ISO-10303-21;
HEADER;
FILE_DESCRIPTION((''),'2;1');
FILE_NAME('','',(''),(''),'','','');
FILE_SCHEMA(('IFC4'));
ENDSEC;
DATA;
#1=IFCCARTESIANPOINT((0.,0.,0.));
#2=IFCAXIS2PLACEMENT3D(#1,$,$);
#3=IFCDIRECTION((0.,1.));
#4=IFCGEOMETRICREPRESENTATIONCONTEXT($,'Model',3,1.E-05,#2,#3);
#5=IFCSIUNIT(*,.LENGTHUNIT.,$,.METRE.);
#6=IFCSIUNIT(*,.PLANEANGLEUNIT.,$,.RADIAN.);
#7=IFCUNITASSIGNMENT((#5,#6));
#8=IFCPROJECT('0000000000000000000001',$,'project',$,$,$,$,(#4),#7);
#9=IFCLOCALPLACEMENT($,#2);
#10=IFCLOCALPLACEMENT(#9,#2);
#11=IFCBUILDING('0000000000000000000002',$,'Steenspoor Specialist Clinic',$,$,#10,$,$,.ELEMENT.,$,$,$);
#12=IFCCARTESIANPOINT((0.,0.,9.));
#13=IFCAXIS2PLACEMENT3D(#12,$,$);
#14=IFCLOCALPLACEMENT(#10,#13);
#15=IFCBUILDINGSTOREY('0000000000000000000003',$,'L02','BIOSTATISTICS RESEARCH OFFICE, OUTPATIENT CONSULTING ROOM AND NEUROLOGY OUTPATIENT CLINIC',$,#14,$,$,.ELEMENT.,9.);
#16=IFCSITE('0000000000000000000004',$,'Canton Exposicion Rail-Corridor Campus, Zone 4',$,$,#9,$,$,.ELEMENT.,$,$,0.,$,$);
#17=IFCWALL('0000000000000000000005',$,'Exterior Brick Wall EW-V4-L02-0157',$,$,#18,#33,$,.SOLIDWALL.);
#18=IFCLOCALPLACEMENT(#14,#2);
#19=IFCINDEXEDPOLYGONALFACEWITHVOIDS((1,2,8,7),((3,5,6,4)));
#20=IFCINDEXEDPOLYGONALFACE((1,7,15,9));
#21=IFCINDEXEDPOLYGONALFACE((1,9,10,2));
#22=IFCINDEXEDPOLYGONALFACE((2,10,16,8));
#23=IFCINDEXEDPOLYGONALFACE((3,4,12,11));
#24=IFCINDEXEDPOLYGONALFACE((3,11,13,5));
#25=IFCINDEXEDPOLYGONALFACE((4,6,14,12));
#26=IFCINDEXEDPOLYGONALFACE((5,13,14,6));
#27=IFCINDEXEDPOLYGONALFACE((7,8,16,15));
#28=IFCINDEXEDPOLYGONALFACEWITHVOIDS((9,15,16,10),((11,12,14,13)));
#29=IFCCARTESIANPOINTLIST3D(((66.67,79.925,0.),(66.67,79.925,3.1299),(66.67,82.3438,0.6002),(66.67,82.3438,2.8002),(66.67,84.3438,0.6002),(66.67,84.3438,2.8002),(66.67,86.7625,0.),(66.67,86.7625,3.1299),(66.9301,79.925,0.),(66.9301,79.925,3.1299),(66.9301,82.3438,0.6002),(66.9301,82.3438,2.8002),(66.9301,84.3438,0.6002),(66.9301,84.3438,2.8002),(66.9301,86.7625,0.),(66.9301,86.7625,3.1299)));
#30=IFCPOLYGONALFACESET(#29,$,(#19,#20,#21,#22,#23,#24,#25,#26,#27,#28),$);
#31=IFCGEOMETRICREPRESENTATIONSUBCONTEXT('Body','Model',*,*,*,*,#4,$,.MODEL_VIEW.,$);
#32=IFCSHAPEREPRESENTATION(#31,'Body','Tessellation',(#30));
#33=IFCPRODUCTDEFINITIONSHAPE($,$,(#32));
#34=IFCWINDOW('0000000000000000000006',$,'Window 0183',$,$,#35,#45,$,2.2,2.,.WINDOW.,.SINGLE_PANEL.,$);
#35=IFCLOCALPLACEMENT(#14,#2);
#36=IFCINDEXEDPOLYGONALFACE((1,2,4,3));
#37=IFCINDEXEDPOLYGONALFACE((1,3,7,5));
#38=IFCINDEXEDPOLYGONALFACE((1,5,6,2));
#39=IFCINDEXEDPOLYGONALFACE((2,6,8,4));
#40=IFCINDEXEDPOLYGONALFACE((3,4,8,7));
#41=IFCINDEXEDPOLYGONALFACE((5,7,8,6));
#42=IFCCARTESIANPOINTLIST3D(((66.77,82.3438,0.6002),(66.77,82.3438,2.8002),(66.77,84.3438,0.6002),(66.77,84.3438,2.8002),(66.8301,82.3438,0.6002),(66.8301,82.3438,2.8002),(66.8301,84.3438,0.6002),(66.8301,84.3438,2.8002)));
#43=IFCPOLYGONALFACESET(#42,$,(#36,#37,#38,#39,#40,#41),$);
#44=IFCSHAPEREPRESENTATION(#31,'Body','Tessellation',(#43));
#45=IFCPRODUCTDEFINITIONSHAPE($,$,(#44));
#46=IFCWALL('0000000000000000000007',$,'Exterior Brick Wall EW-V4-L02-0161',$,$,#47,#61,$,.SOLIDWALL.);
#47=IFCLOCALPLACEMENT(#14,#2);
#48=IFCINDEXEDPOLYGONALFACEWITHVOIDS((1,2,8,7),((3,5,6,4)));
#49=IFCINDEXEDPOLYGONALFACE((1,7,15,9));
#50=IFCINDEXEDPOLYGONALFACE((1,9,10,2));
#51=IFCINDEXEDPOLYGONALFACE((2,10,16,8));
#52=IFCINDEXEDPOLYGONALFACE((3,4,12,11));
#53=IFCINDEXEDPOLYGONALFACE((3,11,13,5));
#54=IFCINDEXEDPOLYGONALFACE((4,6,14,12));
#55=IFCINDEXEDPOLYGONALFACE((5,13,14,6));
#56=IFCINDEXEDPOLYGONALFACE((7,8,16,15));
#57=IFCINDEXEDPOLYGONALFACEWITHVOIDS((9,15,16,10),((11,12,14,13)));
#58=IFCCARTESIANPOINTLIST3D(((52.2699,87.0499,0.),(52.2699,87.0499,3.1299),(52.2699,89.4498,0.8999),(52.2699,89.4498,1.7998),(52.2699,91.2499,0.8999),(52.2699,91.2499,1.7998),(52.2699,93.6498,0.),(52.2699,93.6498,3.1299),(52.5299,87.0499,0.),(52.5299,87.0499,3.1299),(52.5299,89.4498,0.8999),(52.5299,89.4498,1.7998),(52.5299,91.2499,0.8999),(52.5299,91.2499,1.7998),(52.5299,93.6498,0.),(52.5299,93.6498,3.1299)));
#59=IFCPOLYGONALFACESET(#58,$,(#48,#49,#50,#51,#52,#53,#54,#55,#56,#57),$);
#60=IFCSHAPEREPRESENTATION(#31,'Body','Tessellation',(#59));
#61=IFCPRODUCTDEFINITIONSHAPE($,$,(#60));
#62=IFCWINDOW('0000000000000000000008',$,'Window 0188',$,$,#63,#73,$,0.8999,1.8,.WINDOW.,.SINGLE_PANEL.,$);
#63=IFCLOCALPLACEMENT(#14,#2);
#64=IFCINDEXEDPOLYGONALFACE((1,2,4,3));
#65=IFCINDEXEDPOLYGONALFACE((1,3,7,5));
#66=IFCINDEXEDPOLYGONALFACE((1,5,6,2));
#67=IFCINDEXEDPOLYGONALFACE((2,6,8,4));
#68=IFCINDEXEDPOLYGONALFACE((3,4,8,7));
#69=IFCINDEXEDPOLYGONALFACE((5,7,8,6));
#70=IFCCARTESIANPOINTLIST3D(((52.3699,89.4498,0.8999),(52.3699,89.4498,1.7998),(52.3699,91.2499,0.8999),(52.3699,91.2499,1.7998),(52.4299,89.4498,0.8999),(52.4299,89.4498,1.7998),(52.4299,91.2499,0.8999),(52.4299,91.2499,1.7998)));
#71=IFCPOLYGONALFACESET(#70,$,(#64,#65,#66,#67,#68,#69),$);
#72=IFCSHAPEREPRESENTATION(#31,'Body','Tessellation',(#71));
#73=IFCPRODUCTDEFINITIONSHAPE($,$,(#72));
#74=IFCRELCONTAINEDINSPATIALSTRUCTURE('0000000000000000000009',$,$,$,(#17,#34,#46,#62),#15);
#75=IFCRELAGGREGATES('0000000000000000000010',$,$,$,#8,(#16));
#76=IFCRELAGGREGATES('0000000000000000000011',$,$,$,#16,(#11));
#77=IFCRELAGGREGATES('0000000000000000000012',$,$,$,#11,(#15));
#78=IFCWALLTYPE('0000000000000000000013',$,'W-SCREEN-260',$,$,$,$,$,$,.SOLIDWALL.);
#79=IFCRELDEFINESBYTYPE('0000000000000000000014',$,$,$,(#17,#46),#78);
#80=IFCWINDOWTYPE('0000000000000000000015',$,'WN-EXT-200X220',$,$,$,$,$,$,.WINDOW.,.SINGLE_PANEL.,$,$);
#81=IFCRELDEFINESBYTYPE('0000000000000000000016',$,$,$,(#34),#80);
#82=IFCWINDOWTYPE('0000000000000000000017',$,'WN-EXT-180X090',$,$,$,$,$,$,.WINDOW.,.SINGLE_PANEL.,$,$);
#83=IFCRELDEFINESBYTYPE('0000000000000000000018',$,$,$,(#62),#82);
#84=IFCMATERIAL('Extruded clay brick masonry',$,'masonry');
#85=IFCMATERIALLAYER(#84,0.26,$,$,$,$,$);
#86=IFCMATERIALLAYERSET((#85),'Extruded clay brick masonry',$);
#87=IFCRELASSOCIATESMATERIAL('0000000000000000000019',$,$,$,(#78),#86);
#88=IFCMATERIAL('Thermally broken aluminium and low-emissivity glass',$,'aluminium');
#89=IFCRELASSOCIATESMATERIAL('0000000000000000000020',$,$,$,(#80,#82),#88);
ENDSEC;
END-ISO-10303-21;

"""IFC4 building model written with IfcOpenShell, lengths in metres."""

from ifc_helpers import new_model, si_unit, direction, frame, frame_2d, origin, place, context, subcontext, project, spatial, rectangle, extrude, material, layer, layer_set, type_object, element, fill, save


model = new_model("IFC4")

# Units and contexts
model_context = context("Model", 3, precision=1e-05, world=origin(), true_north=direction((0.0, 1.0)))
body_context = subcontext(model_context, "Body", "Model", "MODEL_VIEW")
ifc_project = project(units=[si_unit("LENGTHUNIT", "METRE"), si_unit("PLANEANGLEUNIT", "RADIAN")], contexts=[model_context])

# Site, building, storey
site_placement = place(None, origin())
site = spatial("IfcSite", under=ifc_project, at=site_placement, Name="Canton Exposicion Rail-Corridor Campus, Zone 4", CompositionType="ELEMENT", RefElevation=0.0)
building_placement = place(site_placement, origin())
building = spatial("IfcBuilding", under=site, at=building_placement, Name="Steenspoor Specialist Clinic", CompositionType="ELEMENT")
storey_placement = place(building_placement, frame((0.0, 0.0, 9.0)))
storey = spatial("IfcBuildingStorey", under=building, at=storey_placement, Name="L02", Description="BIOSTATISTICS RESEARCH OFFICE, OUTPATIENT CONSULTING ROOM AND NEUROLOGY OUTPATIENT CLINIC", CompositionType="ELEMENT", Elevation=9.0)

# Shared definitions
ifc_material_1 = material(Name="Thermally broken aluminium and low-emissivity glass", Category="aluminium")

# Walls, openings, windows
ifc_material_2 = material(Name="Extruded clay brick masonry", Category="masonry")
ifc_layer_1 = layer(ifc_material_2, 0.26)
ifc_layer_set_1 = layer_set([ifc_layer_1], Name="Extruded clay brick masonry")
wall_type_1 = type_object("IfcWallType", Name="W-SCREEN-260", PredefinedType="SOLIDWALL", material=ifc_layer_set_1)
wall_1_placement = place(storey_placement, frame((66.8, 86.7625, 0.0), z_axis=(0.0, 0.0, 1.0), x_axis=(0.0, -1.0, 0.0)))
wall_1 = element("IfcWall", 1, at=wall_1_placement, inside=storey, type_object=wall_type_1, Name="Exterior Brick Wall EW-V4-L02-0157", PredefinedType="SOLIDWALL", context=body_context, shape_type="SweptSolid", body=[
    extrude(rectangle(XDim=6.8374, YDim=0.26, at=frame_2d((3.4187, 0.0))), origin(), (0.0, 0.0, 1.0), 3.1299),
])
opening_1_placement = place(wall_1_placement, frame((2.4187, 0.0, 0.6001)))
opening_1 = element("IfcOpeningElement", 2, at=opening_1_placement, cuts=wall_1, PredefinedType="OPENING", context=body_context, shape_type="SweptSolid", body=[
    extrude(rectangle(XDim=2.0, YDim=2.2, at=frame_2d((1.0, 1.1001))), frame((0.0, 0.1401, 0.0), z_axis=(0.0, -1.0, 0.0), x_axis=(1.0, 0.0, 0.0)), (0.0, 0.0, 1.0), 0.28),
])
window_type_1 = type_object("IfcWindowType", Name="WN-EXT-200X220", PartitioningType="SINGLE_PANEL", PredefinedType="WINDOW", material=ifc_material_1)
window_1_placement = place(opening_1_placement, origin())
window_1 = element("IfcWindow", 3, at=window_1_placement, inside=storey, type_object=window_type_1, Name="Window 0183", OverallHeight=2.2, OverallWidth=2.0, PartitioningType="SINGLE_PANEL", PredefinedType="WINDOW", context=body_context, shape_type="SweptSolid", body=[
    extrude(rectangle(XDim=2.0, YDim=2.2, at=frame_2d((1.0, 1.1001))), frame((0.0, 0.03, 0.0), z_axis=(0.0, -1.0, 0.0), x_axis=(1.0, 0.0, 0.0)), (0.0, 0.0, 1.0), 0.0601),
])
fill(opening_1, window_1)
wall_2_placement = place(storey_placement, frame((52.3999, 87.05, 0.0), z_axis=(0.0, 0.0, 1.0), x_axis=(0.0, 1.0, 0.0)))
wall_2 = element("IfcWall", 4, at=wall_2_placement, inside=storey, type_object=wall_type_1, Name="Exterior Brick Wall EW-V4-L02-0161", PredefinedType="SOLIDWALL", context=body_context, shape_type="SweptSolid", body=[
    extrude(rectangle(XDim=6.5999, YDim=0.26, at=frame_2d((3.2998, 0.0))), origin(), (0.0, 0.0, 1.0), 3.1299),
])
opening_2_placement = place(wall_2_placement, frame((2.3999, 0.0, 0.8999)))
opening_2 = element("IfcOpeningElement", 5, at=opening_2_placement, cuts=wall_2, PredefinedType="OPENING", context=body_context, shape_type="SweptSolid", body=[
    extrude(rectangle(XDim=1.8, YDim=0.8999, at=frame_2d((0.8999, 0.45))), frame((0.0, 0.1401, 0.0), z_axis=(0.0, -1.0, 0.0), x_axis=(1.0, 0.0, 0.0)), (0.0, 0.0, 1.0), 0.28),
])
window_type_2 = type_object("IfcWindowType", Name="WN-EXT-180X090", PartitioningType="SINGLE_PANEL", PredefinedType="WINDOW", material=ifc_material_1)
window_2_placement = place(opening_2_placement, origin())
window_2 = element("IfcWindow", 6, at=window_2_placement, inside=storey, type_object=window_type_2, Name="Window 0188", OverallHeight=0.8999, OverallWidth=1.8, PartitioningType="SINGLE_PANEL", PredefinedType="WINDOW", context=body_context, shape_type="SweptSolid", body=[
    extrude(rectangle(XDim=1.8, YDim=0.8999, at=frame_2d((0.8999, 0.45))), frame((0.0, 0.03, 0.0), z_axis=(0.0, -1.0, 0.0), x_axis=(1.0, 0.0, 0.0)), (0.0, 0.0, 1.0), 0.0601),
])
fill(opening_2, window_2)

save(model, "model.ifc")
